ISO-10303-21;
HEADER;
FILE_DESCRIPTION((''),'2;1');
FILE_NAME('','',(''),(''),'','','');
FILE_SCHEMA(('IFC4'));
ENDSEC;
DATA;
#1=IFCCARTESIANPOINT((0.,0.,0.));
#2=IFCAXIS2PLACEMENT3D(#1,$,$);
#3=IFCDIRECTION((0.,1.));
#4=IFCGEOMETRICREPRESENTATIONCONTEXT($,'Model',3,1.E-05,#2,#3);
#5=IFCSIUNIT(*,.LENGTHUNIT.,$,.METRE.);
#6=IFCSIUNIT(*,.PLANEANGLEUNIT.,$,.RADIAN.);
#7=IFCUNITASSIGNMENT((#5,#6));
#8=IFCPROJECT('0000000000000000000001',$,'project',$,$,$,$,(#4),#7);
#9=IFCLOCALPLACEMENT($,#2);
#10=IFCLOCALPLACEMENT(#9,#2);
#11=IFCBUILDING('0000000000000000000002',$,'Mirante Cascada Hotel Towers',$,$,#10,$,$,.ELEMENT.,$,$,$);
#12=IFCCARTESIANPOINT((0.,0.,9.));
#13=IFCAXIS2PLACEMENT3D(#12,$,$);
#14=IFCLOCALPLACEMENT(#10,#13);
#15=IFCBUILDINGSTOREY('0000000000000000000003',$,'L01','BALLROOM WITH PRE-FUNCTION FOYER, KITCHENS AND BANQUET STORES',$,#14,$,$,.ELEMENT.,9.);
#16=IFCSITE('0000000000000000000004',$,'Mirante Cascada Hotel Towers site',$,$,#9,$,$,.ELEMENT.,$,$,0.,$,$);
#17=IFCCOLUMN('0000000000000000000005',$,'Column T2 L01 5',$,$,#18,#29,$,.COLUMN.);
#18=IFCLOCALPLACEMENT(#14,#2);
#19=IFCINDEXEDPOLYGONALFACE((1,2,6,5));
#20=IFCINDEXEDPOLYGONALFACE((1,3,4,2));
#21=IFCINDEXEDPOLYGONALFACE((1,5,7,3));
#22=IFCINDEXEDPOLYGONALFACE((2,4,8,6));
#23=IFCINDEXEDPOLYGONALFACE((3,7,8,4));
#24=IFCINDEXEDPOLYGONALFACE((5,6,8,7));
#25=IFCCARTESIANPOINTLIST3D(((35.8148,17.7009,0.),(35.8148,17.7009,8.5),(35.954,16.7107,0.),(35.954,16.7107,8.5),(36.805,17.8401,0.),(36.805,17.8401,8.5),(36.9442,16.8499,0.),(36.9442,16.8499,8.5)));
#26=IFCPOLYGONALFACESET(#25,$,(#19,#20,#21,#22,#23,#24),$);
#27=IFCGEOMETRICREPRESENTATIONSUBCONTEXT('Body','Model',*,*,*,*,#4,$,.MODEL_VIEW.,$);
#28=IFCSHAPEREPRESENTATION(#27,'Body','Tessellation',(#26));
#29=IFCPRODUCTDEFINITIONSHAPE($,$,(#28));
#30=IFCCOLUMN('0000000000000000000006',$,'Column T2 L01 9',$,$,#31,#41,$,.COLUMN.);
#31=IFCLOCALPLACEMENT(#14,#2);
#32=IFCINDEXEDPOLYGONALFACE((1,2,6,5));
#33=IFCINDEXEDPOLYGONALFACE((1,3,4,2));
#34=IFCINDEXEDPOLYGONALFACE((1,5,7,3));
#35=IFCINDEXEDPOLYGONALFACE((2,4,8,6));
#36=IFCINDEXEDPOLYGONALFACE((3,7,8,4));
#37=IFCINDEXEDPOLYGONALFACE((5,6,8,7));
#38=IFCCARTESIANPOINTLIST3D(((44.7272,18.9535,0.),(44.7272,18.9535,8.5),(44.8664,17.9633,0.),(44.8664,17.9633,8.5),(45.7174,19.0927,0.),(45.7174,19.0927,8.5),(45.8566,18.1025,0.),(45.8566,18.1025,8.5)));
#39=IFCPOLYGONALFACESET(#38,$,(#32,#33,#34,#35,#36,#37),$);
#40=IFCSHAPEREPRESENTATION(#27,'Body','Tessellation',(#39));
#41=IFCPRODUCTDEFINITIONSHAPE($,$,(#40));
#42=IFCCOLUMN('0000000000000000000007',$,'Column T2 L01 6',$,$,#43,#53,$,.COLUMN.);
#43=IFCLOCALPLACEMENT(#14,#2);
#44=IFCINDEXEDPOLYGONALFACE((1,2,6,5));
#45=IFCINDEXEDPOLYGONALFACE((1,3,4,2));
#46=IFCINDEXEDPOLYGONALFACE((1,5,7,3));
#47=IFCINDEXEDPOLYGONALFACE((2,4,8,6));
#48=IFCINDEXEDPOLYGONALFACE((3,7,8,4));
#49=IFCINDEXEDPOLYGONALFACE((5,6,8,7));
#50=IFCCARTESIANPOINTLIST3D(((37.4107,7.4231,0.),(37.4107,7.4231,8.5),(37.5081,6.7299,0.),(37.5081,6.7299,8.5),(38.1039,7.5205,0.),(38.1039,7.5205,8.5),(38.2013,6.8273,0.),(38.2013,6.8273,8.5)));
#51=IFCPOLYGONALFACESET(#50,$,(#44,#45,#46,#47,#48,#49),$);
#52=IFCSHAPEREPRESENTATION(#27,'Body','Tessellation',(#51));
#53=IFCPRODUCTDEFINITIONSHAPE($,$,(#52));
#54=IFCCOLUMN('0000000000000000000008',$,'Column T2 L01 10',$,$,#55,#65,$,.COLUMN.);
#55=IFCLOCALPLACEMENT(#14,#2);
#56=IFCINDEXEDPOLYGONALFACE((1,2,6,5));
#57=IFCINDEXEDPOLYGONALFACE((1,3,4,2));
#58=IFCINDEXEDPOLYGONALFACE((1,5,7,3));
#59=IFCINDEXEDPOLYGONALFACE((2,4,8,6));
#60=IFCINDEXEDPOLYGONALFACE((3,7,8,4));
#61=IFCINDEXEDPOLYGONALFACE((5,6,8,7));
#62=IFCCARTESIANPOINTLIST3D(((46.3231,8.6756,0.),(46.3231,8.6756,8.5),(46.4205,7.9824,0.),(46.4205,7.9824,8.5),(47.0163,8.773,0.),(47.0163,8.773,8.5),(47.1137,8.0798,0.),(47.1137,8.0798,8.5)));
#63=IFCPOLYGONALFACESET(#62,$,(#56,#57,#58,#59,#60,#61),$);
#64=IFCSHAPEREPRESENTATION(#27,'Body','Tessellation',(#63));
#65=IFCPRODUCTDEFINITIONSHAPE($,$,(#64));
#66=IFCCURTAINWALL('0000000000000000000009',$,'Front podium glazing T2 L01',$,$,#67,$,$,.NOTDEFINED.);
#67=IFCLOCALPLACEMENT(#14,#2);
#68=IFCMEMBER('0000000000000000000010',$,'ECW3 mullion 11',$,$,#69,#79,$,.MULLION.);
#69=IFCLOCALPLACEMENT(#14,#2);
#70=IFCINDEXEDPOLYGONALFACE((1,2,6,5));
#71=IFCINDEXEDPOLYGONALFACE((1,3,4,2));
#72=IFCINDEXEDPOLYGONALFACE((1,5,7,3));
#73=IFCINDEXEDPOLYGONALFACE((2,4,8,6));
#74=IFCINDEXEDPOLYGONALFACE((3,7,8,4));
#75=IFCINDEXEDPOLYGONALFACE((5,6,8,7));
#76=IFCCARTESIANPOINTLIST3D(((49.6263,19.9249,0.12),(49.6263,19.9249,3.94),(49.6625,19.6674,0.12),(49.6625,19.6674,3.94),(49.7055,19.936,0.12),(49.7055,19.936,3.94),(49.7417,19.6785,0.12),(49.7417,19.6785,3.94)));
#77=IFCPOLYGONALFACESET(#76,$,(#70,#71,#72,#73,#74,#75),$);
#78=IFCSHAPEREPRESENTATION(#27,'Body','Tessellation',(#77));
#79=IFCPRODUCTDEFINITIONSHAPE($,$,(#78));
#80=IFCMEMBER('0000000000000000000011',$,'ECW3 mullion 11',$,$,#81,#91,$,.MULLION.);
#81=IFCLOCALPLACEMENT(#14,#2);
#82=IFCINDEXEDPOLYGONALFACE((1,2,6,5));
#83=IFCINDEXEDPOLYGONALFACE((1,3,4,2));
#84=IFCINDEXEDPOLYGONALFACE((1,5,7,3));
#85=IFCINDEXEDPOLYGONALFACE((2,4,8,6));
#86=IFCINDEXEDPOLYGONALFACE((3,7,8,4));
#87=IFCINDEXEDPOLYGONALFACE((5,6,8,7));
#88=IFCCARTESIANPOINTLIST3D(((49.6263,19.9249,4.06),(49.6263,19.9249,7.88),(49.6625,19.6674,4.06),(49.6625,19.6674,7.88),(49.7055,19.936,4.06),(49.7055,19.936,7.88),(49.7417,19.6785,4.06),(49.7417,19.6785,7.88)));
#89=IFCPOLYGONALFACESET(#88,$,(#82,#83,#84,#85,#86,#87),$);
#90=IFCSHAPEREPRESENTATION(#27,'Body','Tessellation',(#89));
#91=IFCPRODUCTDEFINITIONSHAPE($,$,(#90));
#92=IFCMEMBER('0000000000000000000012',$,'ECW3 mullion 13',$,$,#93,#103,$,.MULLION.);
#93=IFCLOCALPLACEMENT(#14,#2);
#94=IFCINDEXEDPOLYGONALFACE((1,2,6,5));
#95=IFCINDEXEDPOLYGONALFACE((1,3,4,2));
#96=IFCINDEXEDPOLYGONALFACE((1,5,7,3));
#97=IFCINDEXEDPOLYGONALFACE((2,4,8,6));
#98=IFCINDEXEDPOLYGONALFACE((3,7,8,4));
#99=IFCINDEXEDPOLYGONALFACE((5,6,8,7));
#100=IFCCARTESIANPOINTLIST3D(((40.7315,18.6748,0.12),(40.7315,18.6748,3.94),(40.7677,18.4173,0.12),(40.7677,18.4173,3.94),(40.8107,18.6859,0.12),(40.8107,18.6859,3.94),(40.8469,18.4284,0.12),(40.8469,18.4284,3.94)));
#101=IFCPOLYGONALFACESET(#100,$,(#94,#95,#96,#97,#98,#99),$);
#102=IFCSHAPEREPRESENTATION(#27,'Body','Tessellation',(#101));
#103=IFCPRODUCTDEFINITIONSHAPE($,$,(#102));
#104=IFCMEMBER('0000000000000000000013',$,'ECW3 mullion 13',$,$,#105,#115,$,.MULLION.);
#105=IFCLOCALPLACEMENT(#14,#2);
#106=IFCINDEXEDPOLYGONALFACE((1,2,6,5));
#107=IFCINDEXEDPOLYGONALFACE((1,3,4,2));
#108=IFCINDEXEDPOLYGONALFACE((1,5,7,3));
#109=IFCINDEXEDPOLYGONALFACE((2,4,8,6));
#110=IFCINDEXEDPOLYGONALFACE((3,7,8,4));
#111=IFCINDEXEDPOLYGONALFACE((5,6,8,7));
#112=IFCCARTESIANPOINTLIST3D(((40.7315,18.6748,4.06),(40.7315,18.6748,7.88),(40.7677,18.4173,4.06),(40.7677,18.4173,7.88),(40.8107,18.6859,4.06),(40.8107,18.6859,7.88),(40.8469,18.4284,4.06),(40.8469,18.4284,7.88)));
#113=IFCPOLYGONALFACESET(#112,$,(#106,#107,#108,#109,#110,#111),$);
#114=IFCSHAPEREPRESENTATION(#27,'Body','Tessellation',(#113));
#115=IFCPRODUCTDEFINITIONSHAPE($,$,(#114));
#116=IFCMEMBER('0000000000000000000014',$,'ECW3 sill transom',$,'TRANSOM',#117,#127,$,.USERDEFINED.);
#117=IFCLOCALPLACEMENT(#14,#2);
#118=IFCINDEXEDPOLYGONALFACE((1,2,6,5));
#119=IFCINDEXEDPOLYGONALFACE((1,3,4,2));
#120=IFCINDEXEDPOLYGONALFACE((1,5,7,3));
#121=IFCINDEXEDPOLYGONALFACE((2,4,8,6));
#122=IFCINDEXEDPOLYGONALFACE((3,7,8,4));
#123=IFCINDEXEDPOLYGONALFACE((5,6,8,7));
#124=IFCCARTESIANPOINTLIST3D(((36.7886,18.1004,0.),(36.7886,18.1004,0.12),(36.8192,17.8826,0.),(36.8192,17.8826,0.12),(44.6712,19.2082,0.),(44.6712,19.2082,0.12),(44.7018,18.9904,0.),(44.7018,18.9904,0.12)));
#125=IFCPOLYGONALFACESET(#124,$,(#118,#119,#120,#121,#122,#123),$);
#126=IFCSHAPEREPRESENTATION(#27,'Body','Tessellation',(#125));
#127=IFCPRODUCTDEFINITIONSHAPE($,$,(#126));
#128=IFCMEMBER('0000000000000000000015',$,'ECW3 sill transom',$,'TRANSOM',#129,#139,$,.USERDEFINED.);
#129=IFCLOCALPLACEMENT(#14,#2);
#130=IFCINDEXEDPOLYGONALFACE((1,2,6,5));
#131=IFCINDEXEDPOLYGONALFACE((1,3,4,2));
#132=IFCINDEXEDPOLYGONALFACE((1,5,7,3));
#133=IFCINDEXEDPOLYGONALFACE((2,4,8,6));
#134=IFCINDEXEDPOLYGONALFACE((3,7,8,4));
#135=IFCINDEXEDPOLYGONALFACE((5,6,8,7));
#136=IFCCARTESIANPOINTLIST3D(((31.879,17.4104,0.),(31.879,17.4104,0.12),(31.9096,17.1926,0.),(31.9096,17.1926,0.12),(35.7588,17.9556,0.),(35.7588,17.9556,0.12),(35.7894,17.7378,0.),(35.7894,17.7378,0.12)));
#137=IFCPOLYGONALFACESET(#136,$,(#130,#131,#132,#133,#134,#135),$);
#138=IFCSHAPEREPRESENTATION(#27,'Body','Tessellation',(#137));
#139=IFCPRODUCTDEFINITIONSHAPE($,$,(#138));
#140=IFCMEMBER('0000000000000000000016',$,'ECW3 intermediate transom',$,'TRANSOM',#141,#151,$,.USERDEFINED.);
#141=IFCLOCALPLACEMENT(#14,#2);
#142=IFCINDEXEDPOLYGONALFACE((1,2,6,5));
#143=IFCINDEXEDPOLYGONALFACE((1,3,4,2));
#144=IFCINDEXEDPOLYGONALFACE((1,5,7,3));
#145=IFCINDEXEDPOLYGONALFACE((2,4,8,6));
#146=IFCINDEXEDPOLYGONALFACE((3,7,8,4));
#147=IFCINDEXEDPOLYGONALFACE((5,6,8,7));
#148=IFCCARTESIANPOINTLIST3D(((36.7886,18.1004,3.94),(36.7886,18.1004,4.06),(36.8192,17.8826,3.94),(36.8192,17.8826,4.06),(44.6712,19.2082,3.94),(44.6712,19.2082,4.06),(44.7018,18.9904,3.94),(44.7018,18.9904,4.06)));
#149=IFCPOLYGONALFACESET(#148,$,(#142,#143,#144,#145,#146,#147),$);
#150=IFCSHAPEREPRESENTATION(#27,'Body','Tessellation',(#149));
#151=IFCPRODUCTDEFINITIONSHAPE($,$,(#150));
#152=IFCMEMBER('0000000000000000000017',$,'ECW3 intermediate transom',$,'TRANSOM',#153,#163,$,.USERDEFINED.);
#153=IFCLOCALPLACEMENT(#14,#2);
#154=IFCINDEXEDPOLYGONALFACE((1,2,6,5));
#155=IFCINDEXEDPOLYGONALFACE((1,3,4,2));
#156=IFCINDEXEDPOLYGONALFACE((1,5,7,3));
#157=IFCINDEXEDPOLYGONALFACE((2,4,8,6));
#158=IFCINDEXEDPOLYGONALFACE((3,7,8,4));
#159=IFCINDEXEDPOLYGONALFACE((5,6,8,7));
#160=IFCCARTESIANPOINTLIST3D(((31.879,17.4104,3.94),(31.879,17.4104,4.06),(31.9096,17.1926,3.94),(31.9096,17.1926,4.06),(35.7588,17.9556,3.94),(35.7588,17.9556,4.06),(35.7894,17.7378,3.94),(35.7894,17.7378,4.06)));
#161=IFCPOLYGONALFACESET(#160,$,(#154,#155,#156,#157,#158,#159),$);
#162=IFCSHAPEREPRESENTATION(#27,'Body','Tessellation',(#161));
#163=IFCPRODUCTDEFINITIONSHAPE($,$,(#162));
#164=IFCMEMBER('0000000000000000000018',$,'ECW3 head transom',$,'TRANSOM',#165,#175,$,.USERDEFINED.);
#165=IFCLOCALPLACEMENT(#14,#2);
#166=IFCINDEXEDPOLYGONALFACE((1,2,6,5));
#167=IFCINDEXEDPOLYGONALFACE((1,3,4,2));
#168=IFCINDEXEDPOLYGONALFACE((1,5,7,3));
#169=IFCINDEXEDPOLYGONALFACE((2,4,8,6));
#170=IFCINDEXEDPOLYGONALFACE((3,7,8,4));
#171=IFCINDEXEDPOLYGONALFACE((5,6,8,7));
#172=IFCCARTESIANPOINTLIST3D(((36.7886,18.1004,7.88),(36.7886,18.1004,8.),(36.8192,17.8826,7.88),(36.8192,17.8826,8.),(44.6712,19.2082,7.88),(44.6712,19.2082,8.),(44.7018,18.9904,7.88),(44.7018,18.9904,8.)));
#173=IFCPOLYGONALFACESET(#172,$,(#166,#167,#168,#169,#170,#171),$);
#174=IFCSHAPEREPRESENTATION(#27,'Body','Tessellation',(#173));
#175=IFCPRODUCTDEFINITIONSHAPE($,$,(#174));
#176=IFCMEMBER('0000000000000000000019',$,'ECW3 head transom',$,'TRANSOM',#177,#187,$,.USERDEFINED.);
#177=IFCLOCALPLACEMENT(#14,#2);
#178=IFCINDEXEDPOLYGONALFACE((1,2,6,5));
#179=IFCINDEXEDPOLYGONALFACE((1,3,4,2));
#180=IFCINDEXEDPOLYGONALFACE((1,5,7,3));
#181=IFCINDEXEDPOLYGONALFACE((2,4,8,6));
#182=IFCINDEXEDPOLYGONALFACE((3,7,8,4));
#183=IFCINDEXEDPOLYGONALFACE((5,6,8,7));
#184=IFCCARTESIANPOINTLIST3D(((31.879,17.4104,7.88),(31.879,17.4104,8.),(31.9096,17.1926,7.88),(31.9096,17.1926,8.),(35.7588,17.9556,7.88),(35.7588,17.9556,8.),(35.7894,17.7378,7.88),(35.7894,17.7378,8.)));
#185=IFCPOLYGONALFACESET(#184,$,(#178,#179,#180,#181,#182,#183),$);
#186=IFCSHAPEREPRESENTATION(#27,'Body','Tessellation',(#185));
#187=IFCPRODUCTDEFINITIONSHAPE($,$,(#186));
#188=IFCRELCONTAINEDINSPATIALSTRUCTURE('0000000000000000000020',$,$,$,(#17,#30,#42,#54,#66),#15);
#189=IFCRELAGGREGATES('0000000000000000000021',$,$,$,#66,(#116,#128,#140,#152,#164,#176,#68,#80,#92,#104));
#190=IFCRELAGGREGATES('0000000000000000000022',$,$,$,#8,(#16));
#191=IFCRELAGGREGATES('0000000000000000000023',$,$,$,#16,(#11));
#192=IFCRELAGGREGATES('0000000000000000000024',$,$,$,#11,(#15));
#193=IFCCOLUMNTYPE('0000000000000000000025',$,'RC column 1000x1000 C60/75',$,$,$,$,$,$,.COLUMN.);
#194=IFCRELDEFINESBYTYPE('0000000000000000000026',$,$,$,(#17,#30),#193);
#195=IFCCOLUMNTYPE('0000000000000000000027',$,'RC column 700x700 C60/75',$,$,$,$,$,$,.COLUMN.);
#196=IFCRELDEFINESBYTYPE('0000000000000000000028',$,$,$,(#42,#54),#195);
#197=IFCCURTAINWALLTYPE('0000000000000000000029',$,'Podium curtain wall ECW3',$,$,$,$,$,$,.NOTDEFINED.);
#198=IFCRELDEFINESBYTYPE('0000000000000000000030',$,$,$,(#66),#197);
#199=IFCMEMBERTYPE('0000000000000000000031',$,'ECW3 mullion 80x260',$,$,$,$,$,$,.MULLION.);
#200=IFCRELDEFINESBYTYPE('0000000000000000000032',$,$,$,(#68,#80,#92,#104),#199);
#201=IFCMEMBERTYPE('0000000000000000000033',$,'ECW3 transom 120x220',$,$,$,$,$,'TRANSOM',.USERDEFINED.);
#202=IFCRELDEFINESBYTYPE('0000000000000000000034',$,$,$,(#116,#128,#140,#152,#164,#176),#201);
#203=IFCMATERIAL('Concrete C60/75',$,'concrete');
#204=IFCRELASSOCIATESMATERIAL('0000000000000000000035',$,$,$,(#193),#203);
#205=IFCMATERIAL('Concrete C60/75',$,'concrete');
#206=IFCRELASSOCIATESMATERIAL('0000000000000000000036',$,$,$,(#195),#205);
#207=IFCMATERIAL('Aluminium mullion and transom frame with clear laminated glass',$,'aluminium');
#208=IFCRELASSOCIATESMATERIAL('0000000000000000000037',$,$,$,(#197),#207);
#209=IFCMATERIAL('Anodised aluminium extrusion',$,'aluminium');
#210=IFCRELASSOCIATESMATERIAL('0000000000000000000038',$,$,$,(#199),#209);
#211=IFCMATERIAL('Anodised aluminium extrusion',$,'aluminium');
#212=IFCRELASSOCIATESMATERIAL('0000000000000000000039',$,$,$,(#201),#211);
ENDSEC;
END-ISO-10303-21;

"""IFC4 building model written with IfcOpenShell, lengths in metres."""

from ifc_helpers import new_model, si_unit, direction, frame, origin, origin_2d, place, context, subcontext, project, spatial, rectangle, extrude, material, material_profile, profile_set, type_object, element, aggregate, save


model = new_model("IFC4")

# Units and contexts
model_context = context("Model", 3, precision=1e-05, world=origin(), true_north=direction((0.0, 1.0)))
body_context = subcontext(model_context, "Body", "Model", "MODEL_VIEW")
ifc_project = project(units=[si_unit("LENGTHUNIT", "METRE"), si_unit("PLANEANGLEUNIT", "RADIAN")], contexts=[model_context])

# Site, building, storey
site_placement = place(None, origin())
site = spatial("IfcSite", under=ifc_project, at=site_placement, Name="Mirante Cascada Hotel Towers site", CompositionType="ELEMENT", RefElevation=0.0)
building_placement = place(site_placement, origin())
building = spatial("IfcBuilding", under=site, at=building_placement, Name="Mirante Cascada Hotel Towers", CompositionType="ELEMENT")
storey_placement = place(building_placement, frame((0.0, 0.0, 9.0)))
storey = spatial("IfcBuildingStorey", under=building, at=storey_placement, Name="L01", Description="BALLROOM WITH PRE-FUNCTION FOYER, KITCHENS AND BANQUET STORES", CompositionType="ELEMENT", Elevation=9.0)

# Columns
ifc_material_1 = material(Name="Concrete C60/75", Category="concrete")
ifc_material_profile_1 = material_profile(ifc_material_1, rectangle(XDim=1.0, YDim=1.0, at=origin_2d()), Name="RC column 1000x1000 C60/75")
ifc_profile_set_1 = profile_set([ifc_material_profile_1], Name="Concrete C60/75")
column_type_1 = type_object("IfcColumnType", Name="RC column 1000x1000 C60/75", PredefinedType="COLUMN", material=ifc_profile_set_1)
for number, where, z_axis, x_axis, name in (
    (1, (36.3795, 17.2754, 0.0), (0.0, 0.0, 1.0), (0.990268, 0.139173, 0.0), "Column T2 L01 5"),
    (2, (45.2919, 18.528, 0.0), (0.0, 0.0, 1.0), (0.990268, 0.139173, 0.0), "Column T2 L01 9"),
):
    element("IfcColumn", number, at=place(storey_placement, frame(where, z_axis=z_axis, x_axis=x_axis)), inside=storey, type_object=column_type_1, Name=name, PredefinedType="COLUMN", context=body_context, shape_type="SweptSolid", body=[
        extrude(rectangle(XDim=1.0, YDim=1.0, at=origin_2d()), origin(), (0.0, 0.0, 1.0), 8.5),
    ])
ifc_material_2 = material(Name="Concrete C60/75", Category="concrete")
ifc_material_profile_2 = material_profile(ifc_material_2, rectangle(XDim=0.7, YDim=0.7, at=origin_2d()), Name="RC column 700x700 C60/75")
ifc_profile_set_2 = profile_set([ifc_material_profile_2], Name="Concrete C60/75")
column_type_2 = type_object("IfcColumnType", Name="RC column 700x700 C60/75", PredefinedType="COLUMN", material=ifc_profile_set_2)
for number, where, z_axis, x_axis, name in (
    (3, (37.806, 7.1252, 0.0), (0.0, 0.0, 1.0), (0.990268, 0.139173, 0.0), "Column T2 L01 6"),
    (4, (46.7184, 8.3777, 0.0), (0.0, 0.0, 1.0), (0.990268, 0.139173, 0.0), "Column T2 L01 10"),
):
    element("IfcColumn", number, at=place(storey_placement, frame(where, z_axis=z_axis, x_axis=x_axis)), inside=storey, type_object=column_type_2, Name=name, PredefinedType="COLUMN", context=body_context, shape_type="SweptSolid", body=[
        extrude(rectangle(XDim=0.7, YDim=0.7, at=origin_2d()), origin(), (0.0, 0.0, 1.0), 8.5),
    ])

# Curtain wall, members
ifc_material_3 = material(Name="Aluminium mullion and transom frame with clear laminated glass", Category="aluminium")
curtain_wall_type = type_object("IfcCurtainWallType", Name="Podium curtain wall ECW3", PredefinedType="NOTDEFINED", material=ifc_material_3)
curtain_wall_placement = place(storey_placement, origin())
curtain_wall = element("IfcCurtainWall", 5, at=curtain_wall_placement, inside=storey, type_object=curtain_wall_type, Name="Front podium glazing T2 L01", PredefinedType="NOTDEFINED")
ifc_material_4 = material(Name="Anodised aluminium extrusion", Category="aluminium")
ifc_material_profile_3 = material_profile(ifc_material_4, rectangle(XDim=0.26, YDim=0.08, at=origin_2d()), Name="ECW3 MULLION 80x260")
ifc_profile_set_3 = profile_set([ifc_material_profile_3], Name="Anodised aluminium extrusion")
member_type_1 = type_object("IfcMemberType", Name="ECW3 mullion 80x260", PredefinedType="MULLION", material=ifc_profile_set_3)
member_1_placement = place(storey_placement, frame((49.684, 19.8017, 0.12), z_axis=(0.0, 0.0, 1.0), x_axis=(0.139173, -0.990268, 0.0)))
member_1 = element("IfcMember", 6, at=member_1_placement, type_object=member_type_1, Name="ECW3 mullion 11", PredefinedType="MULLION", context=body_context, shape_type="SweptSolid", body=[
    extrude(rectangle(XDim=0.26, YDim=0.08, at=origin_2d()), origin(), (0.0, 0.0, 1.0), 3.82),
])
member_2_placement = place(storey_placement, frame((49.684, 19.8017, 4.06), z_axis=(0.0, 0.0, 1.0), x_axis=(0.139173, -0.990268, 0.0)))
member_2 = element("IfcMember", 7, at=member_2_placement, type_object=member_type_1, Name="ECW3 mullion 11", PredefinedType="MULLION", context=body_context, shape_type="SweptSolid", body=[
    extrude(rectangle(XDim=0.26, YDim=0.08, at=origin_2d()), origin(), (0.0, 0.0, 1.0), 3.82),
])
member_3_placement = place(storey_placement, frame((40.7892, 18.5516, 0.12), z_axis=(0.0, 0.0, 1.0), x_axis=(0.139173, -0.990268, 0.0)))
member_3 = element("IfcMember", 8, at=member_3_placement, type_object=member_type_1, Name="ECW3 mullion 13", PredefinedType="MULLION", context=body_context, shape_type="SweptSolid", body=[
    extrude(rectangle(XDim=0.26, YDim=0.08, at=origin_2d()), origin(), (0.0, 0.0, 1.0), 3.82),
])
member_4_placement = place(storey_placement, frame((40.7892, 18.5516, 4.06), z_axis=(0.0, 0.0, 1.0), x_axis=(0.139173, -0.990268, 0.0)))
member_4 = element("IfcMember", 9, at=member_4_placement, type_object=member_type_1, Name="ECW3 mullion 13", PredefinedType="MULLION", context=body_context, shape_type="SweptSolid", body=[
    extrude(rectangle(XDim=0.26, YDim=0.08, at=origin_2d()), origin(), (0.0, 0.0, 1.0), 3.82),
])
ifc_material_5 = material(Name="Anodised aluminium extrusion", Category="aluminium")
ifc_material_profile_4 = material_profile(ifc_material_5, rectangle(XDim=0.22, YDim=0.12, at=origin_2d()), Name="ECW3 TRANSOM 120x220")
ifc_profile_set_4 = profile_set([ifc_material_profile_4], Name="Anodised aluminium extrusion")
member_type_2 = type_object("IfcMemberType", Name="ECW3 transom 120x220", ElementType="TRANSOM", PredefinedType="USERDEFINED", material=ifc_profile_set_4)
member_5_placement = place(storey_placement, frame((44.6865, 19.0993, 0.06), z_axis=(-0.990268, -0.13917, 0.0), x_axis=(0.13917, -0.990268, 0.0)))
member_5 = element("IfcMember", 10, at=member_5_placement, type_object=member_type_2, Name="ECW3 sill transom", ObjectType="TRANSOM", PredefinedType="USERDEFINED", context=body_context, shape_type="SweptSolid", body=[
    extrude(rectangle(XDim=0.22, YDim=0.12, at=origin_2d()), origin(), (0.0, 0.0, 1.0), 7.9601),
])
member_6_placement = place(storey_placement, frame((35.7741, 17.8467, 0.06), z_axis=(-0.990271, -0.139155, 0.0), x_axis=(0.139155, -0.990271, 0.0)))
member_6 = element("IfcMember", 11, at=member_6_placement, type_object=member_type_2, Name="ECW3 sill transom", ObjectType="TRANSOM", PredefinedType="USERDEFINED", context=body_context, shape_type="SweptSolid", body=[
    extrude(rectangle(XDim=0.22, YDim=0.12, at=origin_2d()), origin(), (0.0, 0.0, 1.0), 3.9179),
])
member_7_placement = place(storey_placement, frame((44.6865, 19.0993, 4.0), z_axis=(-0.990268, -0.13917, 0.0), x_axis=(0.13917, -0.990268, 0.0)))
member_7 = element("IfcMember", 12, at=member_7_placement, type_object=member_type_2, Name="ECW3 intermediate transom", ObjectType="TRANSOM", PredefinedType="USERDEFINED", context=body_context, shape_type="SweptSolid", body=[
    extrude(rectangle(XDim=0.22, YDim=0.12, at=origin_2d()), origin(), (0.0, 0.0, 1.0), 7.9601),
])
member_8_placement = place(storey_placement, frame((35.7741, 17.8467, 4.0), z_axis=(-0.990271, -0.139155, 0.0), x_axis=(0.139155, -0.990271, 0.0)))
member_8 = element("IfcMember", 13, at=member_8_placement, type_object=member_type_2, Name="ECW3 intermediate transom", ObjectType="TRANSOM", PredefinedType="USERDEFINED", context=body_context, shape_type="SweptSolid", body=[
    extrude(rectangle(XDim=0.22, YDim=0.12, at=origin_2d()), origin(), (0.0, 0.0, 1.0), 3.9179),
])
member_9_placement = place(storey_placement, frame((44.6865, 19.0993, 7.94), z_axis=(-0.990268, -0.13917, 0.0), x_axis=(0.13917, -0.990268, 0.0)))
member_9 = element("IfcMember", 14, at=member_9_placement, type_object=member_type_2, Name="ECW3 head transom", ObjectType="TRANSOM", PredefinedType="USERDEFINED", context=body_context, shape_type="SweptSolid", body=[
    extrude(rectangle(XDim=0.22, YDim=0.12, at=origin_2d()), origin(), (0.0, 0.0, 1.0), 7.9601),
])
member_10_placement = place(storey_placement, frame((35.7741, 17.8467, 7.94), z_axis=(-0.990271, -0.139155, 0.0), x_axis=(0.139155, -0.990271, 0.0)))
member_10 = element("IfcMember", 15, at=member_10_placement, type_object=member_type_2, Name="ECW3 head transom", ObjectType="TRANSOM", PredefinedType="USERDEFINED", context=body_context, shape_type="SweptSolid", body=[
    extrude(rectangle(XDim=0.22, YDim=0.12, at=origin_2d()), origin(), (0.0, 0.0, 1.0), 3.9179),
])
aggregate(curtain_wall, [member_5, member_6, member_7, member_8, member_9, member_10, member_1, member_2, member_3, member_4])

save(model, "model.ifc")
